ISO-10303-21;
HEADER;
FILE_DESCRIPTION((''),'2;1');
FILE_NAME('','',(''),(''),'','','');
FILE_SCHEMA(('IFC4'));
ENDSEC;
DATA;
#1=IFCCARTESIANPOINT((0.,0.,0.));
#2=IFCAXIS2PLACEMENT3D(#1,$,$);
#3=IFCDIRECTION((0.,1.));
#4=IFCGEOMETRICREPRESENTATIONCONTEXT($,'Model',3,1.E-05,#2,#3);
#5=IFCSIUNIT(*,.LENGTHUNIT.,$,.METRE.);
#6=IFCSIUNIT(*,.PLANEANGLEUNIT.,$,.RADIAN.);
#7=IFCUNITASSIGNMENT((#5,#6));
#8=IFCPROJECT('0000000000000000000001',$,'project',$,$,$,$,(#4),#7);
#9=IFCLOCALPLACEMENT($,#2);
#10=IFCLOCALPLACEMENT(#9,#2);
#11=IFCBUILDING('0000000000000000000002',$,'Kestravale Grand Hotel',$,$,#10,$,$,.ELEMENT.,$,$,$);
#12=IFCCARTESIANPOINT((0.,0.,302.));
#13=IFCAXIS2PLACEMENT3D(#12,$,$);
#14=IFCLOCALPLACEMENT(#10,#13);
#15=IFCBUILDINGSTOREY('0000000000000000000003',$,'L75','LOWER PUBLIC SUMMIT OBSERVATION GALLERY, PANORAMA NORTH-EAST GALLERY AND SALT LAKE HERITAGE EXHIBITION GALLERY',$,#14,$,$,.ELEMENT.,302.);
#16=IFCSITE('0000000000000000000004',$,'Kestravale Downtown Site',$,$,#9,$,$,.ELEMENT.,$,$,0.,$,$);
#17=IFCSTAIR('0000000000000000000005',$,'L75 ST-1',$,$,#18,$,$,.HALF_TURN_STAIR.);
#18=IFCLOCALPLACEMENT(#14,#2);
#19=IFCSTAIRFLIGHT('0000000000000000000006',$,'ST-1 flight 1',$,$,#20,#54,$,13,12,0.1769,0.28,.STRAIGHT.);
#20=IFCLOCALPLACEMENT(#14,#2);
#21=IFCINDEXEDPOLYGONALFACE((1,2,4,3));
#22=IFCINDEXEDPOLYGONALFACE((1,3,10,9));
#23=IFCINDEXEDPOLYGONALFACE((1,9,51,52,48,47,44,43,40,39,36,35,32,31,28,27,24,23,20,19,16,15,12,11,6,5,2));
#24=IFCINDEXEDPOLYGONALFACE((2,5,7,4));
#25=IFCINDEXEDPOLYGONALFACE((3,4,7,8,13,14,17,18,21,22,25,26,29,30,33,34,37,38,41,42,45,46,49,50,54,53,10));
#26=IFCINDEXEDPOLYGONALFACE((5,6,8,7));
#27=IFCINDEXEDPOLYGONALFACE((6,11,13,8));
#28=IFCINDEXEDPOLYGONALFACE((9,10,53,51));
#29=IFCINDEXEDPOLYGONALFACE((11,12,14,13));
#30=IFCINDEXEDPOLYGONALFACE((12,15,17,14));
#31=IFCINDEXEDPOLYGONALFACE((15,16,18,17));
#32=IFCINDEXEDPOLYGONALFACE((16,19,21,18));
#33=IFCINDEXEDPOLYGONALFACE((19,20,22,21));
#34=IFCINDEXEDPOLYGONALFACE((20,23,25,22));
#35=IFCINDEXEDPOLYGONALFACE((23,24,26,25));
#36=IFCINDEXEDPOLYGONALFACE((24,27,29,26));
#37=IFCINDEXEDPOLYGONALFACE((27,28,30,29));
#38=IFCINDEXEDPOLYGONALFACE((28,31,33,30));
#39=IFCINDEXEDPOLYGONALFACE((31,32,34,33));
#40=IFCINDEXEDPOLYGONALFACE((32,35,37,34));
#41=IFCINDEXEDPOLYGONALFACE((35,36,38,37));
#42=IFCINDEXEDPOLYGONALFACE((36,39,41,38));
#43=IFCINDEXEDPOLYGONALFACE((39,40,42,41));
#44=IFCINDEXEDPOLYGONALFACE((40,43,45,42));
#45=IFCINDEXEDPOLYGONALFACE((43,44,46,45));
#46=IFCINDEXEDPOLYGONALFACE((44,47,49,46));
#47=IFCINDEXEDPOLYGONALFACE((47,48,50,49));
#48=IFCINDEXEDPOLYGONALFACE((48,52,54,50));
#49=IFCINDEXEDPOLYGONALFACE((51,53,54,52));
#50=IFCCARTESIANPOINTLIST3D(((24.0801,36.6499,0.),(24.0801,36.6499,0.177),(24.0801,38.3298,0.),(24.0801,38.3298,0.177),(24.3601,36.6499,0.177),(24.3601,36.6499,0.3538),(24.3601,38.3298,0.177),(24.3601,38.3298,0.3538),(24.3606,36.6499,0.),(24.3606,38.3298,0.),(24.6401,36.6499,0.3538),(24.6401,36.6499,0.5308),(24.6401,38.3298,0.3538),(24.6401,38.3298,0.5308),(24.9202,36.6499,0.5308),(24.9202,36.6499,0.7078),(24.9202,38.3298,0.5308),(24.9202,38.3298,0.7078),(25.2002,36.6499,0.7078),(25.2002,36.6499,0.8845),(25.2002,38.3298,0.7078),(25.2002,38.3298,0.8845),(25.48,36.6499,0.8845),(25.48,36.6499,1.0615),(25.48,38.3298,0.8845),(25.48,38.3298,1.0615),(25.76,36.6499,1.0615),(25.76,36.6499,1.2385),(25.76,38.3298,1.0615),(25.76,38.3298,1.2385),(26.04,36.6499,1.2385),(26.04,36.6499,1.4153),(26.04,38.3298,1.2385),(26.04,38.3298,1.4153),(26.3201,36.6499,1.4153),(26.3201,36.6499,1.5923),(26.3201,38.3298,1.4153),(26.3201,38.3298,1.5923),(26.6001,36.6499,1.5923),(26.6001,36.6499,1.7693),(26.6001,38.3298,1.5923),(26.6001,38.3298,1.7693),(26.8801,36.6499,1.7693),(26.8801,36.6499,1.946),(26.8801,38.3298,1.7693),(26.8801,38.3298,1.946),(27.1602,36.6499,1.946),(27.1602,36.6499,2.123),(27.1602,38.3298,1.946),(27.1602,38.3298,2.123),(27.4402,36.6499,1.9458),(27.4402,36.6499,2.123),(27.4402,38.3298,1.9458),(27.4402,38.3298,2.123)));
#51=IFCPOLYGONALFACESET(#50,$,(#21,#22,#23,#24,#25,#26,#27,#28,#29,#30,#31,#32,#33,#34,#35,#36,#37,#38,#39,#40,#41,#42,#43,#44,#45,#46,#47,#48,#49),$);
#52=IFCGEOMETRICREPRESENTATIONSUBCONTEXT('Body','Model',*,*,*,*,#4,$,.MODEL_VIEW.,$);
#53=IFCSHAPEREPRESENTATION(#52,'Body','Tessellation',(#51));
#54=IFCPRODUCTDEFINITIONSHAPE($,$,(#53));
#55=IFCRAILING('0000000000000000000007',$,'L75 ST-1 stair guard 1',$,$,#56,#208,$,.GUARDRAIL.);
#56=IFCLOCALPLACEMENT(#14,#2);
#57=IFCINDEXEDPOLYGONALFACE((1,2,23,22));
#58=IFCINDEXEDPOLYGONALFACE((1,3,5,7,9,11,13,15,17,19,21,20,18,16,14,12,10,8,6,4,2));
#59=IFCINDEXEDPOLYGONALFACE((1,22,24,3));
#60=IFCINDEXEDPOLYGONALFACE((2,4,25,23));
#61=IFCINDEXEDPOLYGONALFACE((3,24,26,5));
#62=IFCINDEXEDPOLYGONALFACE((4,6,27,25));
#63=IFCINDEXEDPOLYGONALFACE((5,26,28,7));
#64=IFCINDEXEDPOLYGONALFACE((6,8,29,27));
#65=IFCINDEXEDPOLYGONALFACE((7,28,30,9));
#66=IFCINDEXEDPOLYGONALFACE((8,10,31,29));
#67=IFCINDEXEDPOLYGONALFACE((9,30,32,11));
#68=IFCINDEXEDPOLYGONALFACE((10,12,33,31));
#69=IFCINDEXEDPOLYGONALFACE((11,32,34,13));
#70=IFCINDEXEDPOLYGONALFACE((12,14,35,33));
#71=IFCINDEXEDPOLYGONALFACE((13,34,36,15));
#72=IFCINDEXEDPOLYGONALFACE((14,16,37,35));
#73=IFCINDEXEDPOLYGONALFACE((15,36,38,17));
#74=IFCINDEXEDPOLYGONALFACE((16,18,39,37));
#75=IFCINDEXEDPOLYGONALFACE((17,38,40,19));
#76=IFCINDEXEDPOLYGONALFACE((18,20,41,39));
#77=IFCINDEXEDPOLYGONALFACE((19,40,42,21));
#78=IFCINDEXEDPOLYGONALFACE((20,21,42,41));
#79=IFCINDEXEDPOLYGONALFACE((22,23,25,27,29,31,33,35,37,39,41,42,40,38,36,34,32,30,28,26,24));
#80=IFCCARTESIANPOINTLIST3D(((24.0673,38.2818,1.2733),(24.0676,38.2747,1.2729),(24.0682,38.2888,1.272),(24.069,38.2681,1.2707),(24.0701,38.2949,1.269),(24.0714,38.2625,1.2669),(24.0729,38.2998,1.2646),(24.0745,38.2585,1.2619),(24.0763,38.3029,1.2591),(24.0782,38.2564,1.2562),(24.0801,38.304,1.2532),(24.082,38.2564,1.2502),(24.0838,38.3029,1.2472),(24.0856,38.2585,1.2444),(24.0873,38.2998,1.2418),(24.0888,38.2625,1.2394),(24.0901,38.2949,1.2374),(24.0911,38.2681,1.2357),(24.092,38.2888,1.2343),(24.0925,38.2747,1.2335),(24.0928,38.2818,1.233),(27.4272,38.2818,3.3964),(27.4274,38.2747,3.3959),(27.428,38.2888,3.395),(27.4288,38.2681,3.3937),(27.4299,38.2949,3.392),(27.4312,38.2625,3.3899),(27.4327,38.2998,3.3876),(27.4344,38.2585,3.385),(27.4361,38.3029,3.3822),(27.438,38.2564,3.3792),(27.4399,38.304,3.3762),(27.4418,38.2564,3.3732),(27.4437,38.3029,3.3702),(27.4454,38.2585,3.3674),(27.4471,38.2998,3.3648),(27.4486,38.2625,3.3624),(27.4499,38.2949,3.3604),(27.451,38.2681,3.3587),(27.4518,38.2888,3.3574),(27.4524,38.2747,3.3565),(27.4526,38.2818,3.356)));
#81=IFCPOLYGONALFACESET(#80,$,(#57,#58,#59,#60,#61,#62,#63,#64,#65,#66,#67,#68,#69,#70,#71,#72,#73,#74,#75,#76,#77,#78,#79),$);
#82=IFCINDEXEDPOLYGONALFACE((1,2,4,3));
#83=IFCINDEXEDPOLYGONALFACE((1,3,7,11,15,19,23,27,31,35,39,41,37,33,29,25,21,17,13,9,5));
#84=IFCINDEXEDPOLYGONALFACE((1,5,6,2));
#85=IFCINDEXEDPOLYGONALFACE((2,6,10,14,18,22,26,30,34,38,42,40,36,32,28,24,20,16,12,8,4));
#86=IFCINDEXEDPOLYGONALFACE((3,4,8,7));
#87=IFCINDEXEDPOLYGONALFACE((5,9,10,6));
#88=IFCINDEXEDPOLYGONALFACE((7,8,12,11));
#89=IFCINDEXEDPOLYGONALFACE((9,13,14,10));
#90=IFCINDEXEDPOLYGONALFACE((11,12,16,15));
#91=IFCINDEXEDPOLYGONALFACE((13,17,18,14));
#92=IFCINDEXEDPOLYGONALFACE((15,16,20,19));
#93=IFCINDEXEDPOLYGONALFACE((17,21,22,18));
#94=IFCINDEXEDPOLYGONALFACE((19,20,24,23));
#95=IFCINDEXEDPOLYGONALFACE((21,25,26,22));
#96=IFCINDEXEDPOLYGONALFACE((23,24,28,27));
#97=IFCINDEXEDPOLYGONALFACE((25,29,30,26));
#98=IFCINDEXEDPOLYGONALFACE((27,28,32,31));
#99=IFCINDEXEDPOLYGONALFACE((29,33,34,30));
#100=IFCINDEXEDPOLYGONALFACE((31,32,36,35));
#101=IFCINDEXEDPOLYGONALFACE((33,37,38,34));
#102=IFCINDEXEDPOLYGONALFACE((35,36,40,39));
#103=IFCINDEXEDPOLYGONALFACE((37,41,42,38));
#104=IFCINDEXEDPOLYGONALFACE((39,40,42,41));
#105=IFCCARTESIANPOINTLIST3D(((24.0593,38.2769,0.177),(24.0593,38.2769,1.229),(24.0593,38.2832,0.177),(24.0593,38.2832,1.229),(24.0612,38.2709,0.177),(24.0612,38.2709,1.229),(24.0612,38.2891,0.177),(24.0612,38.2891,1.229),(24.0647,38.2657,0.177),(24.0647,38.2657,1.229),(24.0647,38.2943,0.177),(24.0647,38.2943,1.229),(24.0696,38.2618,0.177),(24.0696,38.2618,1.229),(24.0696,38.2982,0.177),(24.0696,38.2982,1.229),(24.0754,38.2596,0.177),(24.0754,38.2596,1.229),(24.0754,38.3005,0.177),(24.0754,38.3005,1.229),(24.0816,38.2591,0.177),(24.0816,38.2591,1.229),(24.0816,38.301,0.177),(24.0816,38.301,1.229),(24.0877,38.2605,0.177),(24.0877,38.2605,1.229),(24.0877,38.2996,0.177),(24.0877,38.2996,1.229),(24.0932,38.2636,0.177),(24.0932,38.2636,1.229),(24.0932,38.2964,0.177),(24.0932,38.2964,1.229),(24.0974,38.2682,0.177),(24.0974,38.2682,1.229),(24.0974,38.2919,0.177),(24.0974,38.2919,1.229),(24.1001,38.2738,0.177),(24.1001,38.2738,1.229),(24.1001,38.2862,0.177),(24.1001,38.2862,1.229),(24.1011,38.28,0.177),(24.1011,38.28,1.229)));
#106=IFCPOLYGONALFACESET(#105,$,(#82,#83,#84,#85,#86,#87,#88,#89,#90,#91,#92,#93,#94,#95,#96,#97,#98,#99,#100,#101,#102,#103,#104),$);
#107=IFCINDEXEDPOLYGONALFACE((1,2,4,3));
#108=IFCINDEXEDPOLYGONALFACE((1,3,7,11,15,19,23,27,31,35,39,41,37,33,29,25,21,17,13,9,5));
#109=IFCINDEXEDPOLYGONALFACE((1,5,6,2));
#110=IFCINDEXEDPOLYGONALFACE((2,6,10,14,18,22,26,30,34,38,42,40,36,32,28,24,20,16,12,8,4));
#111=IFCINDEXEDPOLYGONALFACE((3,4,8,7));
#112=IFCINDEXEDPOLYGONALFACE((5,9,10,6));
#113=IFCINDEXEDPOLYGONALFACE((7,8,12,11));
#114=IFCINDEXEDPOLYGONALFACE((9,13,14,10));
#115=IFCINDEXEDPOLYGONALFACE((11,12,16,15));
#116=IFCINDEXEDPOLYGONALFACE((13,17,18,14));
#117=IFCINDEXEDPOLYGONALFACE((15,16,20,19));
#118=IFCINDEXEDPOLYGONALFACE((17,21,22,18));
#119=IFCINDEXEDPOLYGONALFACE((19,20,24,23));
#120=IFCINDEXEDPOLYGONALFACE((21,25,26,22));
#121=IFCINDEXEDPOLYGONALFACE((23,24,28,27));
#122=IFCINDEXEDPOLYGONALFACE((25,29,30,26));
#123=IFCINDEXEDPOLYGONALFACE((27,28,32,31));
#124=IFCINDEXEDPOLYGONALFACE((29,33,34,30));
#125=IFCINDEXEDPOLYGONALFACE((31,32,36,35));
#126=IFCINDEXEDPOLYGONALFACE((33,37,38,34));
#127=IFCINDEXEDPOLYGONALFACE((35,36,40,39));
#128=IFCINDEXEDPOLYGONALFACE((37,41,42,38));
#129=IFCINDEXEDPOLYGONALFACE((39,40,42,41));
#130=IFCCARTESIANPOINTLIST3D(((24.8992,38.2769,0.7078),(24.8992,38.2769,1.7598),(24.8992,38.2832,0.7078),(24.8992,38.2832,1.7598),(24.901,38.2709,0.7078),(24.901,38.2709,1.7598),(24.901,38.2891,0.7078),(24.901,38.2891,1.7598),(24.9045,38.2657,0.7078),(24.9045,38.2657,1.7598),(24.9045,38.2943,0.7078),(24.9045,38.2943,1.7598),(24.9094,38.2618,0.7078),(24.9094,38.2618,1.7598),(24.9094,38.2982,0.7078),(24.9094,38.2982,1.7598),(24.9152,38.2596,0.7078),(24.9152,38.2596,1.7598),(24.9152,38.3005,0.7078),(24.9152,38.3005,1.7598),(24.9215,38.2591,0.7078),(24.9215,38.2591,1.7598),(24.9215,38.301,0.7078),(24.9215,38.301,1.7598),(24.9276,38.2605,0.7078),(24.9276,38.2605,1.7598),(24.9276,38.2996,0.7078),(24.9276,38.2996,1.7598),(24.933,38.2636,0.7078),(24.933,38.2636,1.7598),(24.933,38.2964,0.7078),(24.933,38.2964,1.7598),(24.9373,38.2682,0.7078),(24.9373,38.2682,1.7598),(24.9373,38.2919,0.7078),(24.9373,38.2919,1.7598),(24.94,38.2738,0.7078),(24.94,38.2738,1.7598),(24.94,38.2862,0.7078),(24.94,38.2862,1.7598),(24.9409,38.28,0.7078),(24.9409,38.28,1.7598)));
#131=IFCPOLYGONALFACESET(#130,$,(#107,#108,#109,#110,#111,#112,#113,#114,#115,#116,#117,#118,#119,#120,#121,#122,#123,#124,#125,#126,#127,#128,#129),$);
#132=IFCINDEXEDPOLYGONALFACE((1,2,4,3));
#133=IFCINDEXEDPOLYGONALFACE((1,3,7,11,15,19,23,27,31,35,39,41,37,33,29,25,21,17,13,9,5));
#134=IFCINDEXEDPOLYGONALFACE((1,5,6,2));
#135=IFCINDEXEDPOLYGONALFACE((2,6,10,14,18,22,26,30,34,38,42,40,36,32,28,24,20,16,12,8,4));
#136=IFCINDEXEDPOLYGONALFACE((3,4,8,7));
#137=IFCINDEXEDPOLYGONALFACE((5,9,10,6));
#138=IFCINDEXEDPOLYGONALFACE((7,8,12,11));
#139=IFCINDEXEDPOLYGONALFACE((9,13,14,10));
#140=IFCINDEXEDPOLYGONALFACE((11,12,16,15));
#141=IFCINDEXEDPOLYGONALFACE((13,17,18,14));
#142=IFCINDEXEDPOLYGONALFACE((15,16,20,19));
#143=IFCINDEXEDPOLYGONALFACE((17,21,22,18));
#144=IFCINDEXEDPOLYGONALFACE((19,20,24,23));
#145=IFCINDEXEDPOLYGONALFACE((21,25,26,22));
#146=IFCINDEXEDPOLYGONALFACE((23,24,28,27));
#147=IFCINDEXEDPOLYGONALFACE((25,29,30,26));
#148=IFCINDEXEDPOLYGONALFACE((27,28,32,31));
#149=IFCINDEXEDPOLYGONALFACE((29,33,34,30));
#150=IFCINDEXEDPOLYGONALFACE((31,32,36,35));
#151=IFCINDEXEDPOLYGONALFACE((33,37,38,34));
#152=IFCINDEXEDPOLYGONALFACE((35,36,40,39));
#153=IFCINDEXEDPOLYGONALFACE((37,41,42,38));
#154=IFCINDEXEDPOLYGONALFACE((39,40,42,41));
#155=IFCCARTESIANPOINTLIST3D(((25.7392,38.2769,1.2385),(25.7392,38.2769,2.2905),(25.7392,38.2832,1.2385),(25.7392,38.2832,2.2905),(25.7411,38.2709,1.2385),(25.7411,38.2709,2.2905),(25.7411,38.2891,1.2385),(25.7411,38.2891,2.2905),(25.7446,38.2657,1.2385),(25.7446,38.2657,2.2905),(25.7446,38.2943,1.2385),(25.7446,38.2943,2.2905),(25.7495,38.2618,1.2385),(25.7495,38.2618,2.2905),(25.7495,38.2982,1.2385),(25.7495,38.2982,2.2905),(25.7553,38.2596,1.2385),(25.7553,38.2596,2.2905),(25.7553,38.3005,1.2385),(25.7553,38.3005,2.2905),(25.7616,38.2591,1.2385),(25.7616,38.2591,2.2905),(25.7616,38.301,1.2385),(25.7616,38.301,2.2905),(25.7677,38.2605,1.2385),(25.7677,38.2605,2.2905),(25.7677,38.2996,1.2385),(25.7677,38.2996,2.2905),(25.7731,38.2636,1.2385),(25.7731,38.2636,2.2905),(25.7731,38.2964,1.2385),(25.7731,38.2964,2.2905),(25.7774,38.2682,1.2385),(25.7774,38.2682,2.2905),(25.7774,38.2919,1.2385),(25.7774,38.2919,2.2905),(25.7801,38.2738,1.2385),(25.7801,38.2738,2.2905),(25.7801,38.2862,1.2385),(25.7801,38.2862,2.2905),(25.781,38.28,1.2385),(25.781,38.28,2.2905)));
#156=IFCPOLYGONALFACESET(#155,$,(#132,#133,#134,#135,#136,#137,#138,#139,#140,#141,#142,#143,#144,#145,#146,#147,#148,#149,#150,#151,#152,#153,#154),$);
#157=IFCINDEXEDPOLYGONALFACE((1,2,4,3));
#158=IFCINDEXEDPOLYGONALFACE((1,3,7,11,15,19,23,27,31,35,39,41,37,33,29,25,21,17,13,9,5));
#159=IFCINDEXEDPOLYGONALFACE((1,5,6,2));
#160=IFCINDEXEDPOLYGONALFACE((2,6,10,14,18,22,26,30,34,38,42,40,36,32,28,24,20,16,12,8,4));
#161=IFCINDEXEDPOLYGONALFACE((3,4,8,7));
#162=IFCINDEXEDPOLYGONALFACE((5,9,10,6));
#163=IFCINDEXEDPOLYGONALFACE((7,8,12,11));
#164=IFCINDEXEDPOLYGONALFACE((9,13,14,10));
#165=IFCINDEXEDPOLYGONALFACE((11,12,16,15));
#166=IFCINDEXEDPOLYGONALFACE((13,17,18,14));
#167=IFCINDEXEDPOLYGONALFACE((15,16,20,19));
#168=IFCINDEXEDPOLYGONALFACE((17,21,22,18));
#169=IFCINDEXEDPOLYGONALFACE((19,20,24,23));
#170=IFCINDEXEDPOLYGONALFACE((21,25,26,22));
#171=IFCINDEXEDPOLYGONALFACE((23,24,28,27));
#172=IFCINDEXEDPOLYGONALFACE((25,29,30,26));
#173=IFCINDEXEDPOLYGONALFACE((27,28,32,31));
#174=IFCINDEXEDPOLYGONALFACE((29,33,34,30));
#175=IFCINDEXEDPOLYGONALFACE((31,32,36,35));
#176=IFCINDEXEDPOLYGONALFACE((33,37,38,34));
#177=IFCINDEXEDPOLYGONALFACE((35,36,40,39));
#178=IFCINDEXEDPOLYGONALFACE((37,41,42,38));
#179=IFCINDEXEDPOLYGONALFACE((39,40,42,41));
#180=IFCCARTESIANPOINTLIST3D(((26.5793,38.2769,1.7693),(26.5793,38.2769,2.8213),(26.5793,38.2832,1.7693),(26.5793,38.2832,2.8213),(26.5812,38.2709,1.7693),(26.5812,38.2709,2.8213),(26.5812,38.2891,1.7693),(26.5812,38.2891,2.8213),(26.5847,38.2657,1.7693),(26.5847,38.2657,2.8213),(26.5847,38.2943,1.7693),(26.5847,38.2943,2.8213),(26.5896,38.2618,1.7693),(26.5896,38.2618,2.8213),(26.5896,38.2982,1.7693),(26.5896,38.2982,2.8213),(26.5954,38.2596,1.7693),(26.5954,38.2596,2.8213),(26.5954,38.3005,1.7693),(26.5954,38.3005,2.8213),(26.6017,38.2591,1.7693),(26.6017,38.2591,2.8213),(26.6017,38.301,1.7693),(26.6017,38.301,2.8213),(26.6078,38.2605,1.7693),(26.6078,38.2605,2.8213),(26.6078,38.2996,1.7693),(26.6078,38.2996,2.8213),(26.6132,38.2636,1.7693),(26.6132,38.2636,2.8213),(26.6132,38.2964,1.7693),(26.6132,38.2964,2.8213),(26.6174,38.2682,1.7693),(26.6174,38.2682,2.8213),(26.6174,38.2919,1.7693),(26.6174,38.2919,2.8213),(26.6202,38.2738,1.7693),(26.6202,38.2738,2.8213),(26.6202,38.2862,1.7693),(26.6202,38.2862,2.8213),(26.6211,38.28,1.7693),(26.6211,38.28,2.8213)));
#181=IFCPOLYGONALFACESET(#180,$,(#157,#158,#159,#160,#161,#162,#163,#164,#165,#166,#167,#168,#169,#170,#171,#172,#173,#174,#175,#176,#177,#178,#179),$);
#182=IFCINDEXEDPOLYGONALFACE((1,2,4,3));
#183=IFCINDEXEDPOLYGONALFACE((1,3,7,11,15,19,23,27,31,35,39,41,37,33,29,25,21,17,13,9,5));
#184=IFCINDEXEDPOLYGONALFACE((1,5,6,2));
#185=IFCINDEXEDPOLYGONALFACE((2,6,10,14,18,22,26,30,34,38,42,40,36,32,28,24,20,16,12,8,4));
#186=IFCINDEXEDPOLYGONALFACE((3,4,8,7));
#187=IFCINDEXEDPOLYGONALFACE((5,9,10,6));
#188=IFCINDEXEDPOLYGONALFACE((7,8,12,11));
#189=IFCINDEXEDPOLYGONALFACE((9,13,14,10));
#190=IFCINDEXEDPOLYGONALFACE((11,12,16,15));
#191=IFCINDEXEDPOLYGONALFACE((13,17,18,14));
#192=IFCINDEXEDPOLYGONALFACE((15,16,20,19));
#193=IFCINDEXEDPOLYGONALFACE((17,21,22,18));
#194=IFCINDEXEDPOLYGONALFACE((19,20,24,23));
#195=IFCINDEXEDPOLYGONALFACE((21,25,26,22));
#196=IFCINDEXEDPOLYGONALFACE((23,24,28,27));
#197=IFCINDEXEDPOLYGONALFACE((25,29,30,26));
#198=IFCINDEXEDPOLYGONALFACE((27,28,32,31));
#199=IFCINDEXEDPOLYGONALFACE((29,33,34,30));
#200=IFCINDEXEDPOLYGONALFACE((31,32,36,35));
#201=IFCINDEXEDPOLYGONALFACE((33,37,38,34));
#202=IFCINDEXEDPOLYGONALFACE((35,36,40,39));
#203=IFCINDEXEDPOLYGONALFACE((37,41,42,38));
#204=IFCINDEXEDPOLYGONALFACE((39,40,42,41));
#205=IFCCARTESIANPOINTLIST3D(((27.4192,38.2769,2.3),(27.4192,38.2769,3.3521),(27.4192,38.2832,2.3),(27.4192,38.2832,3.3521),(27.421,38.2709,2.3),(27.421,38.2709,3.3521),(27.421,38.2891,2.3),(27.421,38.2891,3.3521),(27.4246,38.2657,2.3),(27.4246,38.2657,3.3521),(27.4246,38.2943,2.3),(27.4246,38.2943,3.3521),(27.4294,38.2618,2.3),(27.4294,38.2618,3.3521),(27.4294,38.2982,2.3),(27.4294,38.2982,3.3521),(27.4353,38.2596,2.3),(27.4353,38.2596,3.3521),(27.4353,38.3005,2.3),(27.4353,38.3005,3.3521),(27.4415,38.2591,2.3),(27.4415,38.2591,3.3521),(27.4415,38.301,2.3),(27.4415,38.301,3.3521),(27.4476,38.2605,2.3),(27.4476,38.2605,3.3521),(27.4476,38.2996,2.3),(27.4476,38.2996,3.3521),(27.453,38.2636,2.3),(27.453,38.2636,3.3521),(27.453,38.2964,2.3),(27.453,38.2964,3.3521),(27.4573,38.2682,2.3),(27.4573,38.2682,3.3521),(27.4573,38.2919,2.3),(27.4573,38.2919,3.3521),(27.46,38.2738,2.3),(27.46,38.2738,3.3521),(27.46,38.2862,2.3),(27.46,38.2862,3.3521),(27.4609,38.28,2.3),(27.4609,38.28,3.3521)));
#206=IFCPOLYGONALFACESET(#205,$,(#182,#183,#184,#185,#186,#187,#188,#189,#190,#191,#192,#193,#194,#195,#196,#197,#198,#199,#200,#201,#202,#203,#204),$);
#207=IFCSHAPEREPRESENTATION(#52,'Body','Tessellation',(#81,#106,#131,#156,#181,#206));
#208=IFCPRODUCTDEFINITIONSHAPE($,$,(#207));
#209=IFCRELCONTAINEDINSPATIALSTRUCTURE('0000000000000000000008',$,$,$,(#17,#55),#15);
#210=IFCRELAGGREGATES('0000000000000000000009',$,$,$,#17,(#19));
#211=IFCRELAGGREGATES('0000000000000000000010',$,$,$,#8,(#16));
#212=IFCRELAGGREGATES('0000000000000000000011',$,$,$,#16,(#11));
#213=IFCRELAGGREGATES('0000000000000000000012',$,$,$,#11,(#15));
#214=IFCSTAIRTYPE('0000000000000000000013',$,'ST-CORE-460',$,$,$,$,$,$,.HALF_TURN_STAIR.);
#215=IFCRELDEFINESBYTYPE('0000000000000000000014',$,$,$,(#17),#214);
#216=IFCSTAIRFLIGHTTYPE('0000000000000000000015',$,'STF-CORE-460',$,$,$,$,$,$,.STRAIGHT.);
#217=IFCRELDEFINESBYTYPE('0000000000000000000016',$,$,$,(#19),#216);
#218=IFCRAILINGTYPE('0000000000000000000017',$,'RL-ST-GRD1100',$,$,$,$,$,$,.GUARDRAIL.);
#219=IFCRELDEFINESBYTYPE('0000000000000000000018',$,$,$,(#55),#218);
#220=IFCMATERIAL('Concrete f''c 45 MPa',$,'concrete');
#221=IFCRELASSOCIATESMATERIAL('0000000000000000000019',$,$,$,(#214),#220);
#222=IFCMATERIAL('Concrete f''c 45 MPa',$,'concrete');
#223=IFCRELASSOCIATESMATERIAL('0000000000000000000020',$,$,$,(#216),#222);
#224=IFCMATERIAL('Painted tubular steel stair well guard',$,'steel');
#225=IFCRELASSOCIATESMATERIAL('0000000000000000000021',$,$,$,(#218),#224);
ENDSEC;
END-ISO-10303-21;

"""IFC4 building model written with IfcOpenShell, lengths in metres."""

from ifc_helpers import new_model, si_unit, direction, frame, origin, origin_2d, place, context, subcontext, project, spatial, polyline, circle, outline, extrude, material, type_object, element, aggregate, save


model = new_model("IFC4")

# Units and contexts
model_context = context("Model", 3, precision=1e-05, world=origin(), true_north=direction((0.0, 1.0)))
body_context = subcontext(model_context, "Body", "Model", "MODEL_VIEW")
ifc_project = project(units=[si_unit("LENGTHUNIT", "METRE"), si_unit("PLANEANGLEUNIT", "RADIAN")], contexts=[model_context])

# Site, building, storey
site_placement = place(None, origin())
site = spatial("IfcSite", under=ifc_project, at=site_placement, Name="Kestravale Downtown Site", CompositionType="ELEMENT", RefElevation=0.0)
building_placement = place(site_placement, origin())
building = spatial("IfcBuilding", under=site, at=building_placement, Name="Kestravale Grand Hotel", CompositionType="ELEMENT")
storey_placement = place(building_placement, frame((0.0, 0.0, 302.0)))
storey = spatial("IfcBuildingStorey", under=building, at=storey_placement, Name="L75", Description="LOWER PUBLIC SUMMIT OBSERVATION GALLERY, PANORAMA NORTH-EAST GALLERY AND SALT LAKE HERITAGE EXHIBITION GALLERY", CompositionType="ELEMENT", Elevation=302.0)

# Stair, stair flight
ifc_material_1 = material(Name="Concrete f'c 45 MPa", Category="concrete")
stair_type = type_object("IfcStairType", Name="ST-CORE-460", PredefinedType="HALF_TURN_STAIR", material=ifc_material_1)
stair_placement = place(storey_placement, origin())
stair = element("IfcStair", 1, at=stair_placement, inside=storey, type_object=stair_type, Name="L75 ST-1", PredefinedType="HALF_TURN_STAIR")
ifc_material_2 = material(Name="Concrete f'c 45 MPa", Category="concrete")
stair_flight_type = type_object("IfcStairFlightType", Name="STF-CORE-460", PredefinedType="STRAIGHT", material=ifc_material_2)
stair_flight_placement = place(storey_placement, frame((24.0801, 37.49, 0.0), z_axis=(0.0, 0.0, 1.0), x_axis=(1.0, 0.0, 0.0)))
stair_flight = element("IfcStairFlight", 2, at=stair_flight_placement, type_object=stair_flight_type, Name="ST-1 flight 1", NumberOfRisers=13, NumberOfTreads=12, PredefinedType="STRAIGHT", RiserHeight=0.1769, TreadLength=0.28, context=body_context, shape_type="SweptSolid", body=[
    extrude(outline(polyline([(0.0, 0.0), (0.0, 0.177), (0.28, 0.177), (0.28, 0.3538), (0.5601, 0.3538), (0.5601, 0.5308), (0.8401, 0.5308), (0.8401, 0.7078), (1.1201, 0.7078), (1.1201, 0.8845), (1.3999, 0.8845), (1.3999, 1.0615), (1.6799, 1.0615), (1.6799, 1.2385), (1.96, 1.2385), (1.96, 1.4153), (2.24, 1.4153), (2.24, 1.5923), (2.52, 1.5923), (2.52, 1.7693), (2.8, 1.7693), (2.8, 1.946), (3.0801, 1.946), (3.0801, 2.123), (3.3601, 2.123), (3.3601, 2.3), (3.3601, 1.9458), (0.2805, 0.0), (0.0, 0.0)])), frame((0.0, 0.8398, 0.0), z_axis=(0.0, -1.0, 0.0), x_axis=(1.0, 0.0, 0.0)), (0.0, 0.0, 1.0), 1.6799),
])
aggregate(stair, [stair_flight])

# Railing
ifc_material_3 = material(Name="Painted tubular steel stair well guard", Category="steel")
railing_type_1 = type_object("IfcRailingType", Name="RL-ST-GRD1100", PredefinedType="GUARDRAIL", material=ifc_material_3)
railing_1_placement = place(storey_placement, frame((24.0801, 38.28, 0.177)))
element("IfcRailing", 3, at=railing_1_placement, inside=storey, type_object=railing_type_1, Name="L75 ST-1 stair guard 1", PredefinedType="GUARDRAIL", context=body_context, shape_type="SweptSolid", body=[
    extrude(circle(Radius=0.0239, at=origin_2d()), frame((0.0, 0.0, 1.0762), z_axis=(0.845372, 0.0, 0.534178), x_axis=(0.0, 1.0, 0.0)), (0.0, 0.0, 1.0), 3.9744),
    extrude(circle(Radius=0.021, at=origin_2d()), origin(), (0.0, 0.0, 1.0), 1.052),
    extrude(circle(Radius=0.021, at=origin_2d()), frame((0.8398, 0.0, 0.5308)), (0.0, 0.0, 1.0), 1.052),
    extrude(circle(Radius=0.021, at=origin_2d()), frame((1.6799, 0.0, 1.0615)), (0.0, 0.0, 1.0), 1.052),
    extrude(circle(Radius=0.021, at=origin_2d()), frame((2.52, 0.0, 1.5923)), (0.0, 0.0, 1.0), 1.052),
    extrude(circle(Radius=0.021, at=origin_2d()), frame((3.3599, 0.0, 2.123)), (0.0, 0.0, 1.0), 1.052),
])

save(model, "model.ifc")
